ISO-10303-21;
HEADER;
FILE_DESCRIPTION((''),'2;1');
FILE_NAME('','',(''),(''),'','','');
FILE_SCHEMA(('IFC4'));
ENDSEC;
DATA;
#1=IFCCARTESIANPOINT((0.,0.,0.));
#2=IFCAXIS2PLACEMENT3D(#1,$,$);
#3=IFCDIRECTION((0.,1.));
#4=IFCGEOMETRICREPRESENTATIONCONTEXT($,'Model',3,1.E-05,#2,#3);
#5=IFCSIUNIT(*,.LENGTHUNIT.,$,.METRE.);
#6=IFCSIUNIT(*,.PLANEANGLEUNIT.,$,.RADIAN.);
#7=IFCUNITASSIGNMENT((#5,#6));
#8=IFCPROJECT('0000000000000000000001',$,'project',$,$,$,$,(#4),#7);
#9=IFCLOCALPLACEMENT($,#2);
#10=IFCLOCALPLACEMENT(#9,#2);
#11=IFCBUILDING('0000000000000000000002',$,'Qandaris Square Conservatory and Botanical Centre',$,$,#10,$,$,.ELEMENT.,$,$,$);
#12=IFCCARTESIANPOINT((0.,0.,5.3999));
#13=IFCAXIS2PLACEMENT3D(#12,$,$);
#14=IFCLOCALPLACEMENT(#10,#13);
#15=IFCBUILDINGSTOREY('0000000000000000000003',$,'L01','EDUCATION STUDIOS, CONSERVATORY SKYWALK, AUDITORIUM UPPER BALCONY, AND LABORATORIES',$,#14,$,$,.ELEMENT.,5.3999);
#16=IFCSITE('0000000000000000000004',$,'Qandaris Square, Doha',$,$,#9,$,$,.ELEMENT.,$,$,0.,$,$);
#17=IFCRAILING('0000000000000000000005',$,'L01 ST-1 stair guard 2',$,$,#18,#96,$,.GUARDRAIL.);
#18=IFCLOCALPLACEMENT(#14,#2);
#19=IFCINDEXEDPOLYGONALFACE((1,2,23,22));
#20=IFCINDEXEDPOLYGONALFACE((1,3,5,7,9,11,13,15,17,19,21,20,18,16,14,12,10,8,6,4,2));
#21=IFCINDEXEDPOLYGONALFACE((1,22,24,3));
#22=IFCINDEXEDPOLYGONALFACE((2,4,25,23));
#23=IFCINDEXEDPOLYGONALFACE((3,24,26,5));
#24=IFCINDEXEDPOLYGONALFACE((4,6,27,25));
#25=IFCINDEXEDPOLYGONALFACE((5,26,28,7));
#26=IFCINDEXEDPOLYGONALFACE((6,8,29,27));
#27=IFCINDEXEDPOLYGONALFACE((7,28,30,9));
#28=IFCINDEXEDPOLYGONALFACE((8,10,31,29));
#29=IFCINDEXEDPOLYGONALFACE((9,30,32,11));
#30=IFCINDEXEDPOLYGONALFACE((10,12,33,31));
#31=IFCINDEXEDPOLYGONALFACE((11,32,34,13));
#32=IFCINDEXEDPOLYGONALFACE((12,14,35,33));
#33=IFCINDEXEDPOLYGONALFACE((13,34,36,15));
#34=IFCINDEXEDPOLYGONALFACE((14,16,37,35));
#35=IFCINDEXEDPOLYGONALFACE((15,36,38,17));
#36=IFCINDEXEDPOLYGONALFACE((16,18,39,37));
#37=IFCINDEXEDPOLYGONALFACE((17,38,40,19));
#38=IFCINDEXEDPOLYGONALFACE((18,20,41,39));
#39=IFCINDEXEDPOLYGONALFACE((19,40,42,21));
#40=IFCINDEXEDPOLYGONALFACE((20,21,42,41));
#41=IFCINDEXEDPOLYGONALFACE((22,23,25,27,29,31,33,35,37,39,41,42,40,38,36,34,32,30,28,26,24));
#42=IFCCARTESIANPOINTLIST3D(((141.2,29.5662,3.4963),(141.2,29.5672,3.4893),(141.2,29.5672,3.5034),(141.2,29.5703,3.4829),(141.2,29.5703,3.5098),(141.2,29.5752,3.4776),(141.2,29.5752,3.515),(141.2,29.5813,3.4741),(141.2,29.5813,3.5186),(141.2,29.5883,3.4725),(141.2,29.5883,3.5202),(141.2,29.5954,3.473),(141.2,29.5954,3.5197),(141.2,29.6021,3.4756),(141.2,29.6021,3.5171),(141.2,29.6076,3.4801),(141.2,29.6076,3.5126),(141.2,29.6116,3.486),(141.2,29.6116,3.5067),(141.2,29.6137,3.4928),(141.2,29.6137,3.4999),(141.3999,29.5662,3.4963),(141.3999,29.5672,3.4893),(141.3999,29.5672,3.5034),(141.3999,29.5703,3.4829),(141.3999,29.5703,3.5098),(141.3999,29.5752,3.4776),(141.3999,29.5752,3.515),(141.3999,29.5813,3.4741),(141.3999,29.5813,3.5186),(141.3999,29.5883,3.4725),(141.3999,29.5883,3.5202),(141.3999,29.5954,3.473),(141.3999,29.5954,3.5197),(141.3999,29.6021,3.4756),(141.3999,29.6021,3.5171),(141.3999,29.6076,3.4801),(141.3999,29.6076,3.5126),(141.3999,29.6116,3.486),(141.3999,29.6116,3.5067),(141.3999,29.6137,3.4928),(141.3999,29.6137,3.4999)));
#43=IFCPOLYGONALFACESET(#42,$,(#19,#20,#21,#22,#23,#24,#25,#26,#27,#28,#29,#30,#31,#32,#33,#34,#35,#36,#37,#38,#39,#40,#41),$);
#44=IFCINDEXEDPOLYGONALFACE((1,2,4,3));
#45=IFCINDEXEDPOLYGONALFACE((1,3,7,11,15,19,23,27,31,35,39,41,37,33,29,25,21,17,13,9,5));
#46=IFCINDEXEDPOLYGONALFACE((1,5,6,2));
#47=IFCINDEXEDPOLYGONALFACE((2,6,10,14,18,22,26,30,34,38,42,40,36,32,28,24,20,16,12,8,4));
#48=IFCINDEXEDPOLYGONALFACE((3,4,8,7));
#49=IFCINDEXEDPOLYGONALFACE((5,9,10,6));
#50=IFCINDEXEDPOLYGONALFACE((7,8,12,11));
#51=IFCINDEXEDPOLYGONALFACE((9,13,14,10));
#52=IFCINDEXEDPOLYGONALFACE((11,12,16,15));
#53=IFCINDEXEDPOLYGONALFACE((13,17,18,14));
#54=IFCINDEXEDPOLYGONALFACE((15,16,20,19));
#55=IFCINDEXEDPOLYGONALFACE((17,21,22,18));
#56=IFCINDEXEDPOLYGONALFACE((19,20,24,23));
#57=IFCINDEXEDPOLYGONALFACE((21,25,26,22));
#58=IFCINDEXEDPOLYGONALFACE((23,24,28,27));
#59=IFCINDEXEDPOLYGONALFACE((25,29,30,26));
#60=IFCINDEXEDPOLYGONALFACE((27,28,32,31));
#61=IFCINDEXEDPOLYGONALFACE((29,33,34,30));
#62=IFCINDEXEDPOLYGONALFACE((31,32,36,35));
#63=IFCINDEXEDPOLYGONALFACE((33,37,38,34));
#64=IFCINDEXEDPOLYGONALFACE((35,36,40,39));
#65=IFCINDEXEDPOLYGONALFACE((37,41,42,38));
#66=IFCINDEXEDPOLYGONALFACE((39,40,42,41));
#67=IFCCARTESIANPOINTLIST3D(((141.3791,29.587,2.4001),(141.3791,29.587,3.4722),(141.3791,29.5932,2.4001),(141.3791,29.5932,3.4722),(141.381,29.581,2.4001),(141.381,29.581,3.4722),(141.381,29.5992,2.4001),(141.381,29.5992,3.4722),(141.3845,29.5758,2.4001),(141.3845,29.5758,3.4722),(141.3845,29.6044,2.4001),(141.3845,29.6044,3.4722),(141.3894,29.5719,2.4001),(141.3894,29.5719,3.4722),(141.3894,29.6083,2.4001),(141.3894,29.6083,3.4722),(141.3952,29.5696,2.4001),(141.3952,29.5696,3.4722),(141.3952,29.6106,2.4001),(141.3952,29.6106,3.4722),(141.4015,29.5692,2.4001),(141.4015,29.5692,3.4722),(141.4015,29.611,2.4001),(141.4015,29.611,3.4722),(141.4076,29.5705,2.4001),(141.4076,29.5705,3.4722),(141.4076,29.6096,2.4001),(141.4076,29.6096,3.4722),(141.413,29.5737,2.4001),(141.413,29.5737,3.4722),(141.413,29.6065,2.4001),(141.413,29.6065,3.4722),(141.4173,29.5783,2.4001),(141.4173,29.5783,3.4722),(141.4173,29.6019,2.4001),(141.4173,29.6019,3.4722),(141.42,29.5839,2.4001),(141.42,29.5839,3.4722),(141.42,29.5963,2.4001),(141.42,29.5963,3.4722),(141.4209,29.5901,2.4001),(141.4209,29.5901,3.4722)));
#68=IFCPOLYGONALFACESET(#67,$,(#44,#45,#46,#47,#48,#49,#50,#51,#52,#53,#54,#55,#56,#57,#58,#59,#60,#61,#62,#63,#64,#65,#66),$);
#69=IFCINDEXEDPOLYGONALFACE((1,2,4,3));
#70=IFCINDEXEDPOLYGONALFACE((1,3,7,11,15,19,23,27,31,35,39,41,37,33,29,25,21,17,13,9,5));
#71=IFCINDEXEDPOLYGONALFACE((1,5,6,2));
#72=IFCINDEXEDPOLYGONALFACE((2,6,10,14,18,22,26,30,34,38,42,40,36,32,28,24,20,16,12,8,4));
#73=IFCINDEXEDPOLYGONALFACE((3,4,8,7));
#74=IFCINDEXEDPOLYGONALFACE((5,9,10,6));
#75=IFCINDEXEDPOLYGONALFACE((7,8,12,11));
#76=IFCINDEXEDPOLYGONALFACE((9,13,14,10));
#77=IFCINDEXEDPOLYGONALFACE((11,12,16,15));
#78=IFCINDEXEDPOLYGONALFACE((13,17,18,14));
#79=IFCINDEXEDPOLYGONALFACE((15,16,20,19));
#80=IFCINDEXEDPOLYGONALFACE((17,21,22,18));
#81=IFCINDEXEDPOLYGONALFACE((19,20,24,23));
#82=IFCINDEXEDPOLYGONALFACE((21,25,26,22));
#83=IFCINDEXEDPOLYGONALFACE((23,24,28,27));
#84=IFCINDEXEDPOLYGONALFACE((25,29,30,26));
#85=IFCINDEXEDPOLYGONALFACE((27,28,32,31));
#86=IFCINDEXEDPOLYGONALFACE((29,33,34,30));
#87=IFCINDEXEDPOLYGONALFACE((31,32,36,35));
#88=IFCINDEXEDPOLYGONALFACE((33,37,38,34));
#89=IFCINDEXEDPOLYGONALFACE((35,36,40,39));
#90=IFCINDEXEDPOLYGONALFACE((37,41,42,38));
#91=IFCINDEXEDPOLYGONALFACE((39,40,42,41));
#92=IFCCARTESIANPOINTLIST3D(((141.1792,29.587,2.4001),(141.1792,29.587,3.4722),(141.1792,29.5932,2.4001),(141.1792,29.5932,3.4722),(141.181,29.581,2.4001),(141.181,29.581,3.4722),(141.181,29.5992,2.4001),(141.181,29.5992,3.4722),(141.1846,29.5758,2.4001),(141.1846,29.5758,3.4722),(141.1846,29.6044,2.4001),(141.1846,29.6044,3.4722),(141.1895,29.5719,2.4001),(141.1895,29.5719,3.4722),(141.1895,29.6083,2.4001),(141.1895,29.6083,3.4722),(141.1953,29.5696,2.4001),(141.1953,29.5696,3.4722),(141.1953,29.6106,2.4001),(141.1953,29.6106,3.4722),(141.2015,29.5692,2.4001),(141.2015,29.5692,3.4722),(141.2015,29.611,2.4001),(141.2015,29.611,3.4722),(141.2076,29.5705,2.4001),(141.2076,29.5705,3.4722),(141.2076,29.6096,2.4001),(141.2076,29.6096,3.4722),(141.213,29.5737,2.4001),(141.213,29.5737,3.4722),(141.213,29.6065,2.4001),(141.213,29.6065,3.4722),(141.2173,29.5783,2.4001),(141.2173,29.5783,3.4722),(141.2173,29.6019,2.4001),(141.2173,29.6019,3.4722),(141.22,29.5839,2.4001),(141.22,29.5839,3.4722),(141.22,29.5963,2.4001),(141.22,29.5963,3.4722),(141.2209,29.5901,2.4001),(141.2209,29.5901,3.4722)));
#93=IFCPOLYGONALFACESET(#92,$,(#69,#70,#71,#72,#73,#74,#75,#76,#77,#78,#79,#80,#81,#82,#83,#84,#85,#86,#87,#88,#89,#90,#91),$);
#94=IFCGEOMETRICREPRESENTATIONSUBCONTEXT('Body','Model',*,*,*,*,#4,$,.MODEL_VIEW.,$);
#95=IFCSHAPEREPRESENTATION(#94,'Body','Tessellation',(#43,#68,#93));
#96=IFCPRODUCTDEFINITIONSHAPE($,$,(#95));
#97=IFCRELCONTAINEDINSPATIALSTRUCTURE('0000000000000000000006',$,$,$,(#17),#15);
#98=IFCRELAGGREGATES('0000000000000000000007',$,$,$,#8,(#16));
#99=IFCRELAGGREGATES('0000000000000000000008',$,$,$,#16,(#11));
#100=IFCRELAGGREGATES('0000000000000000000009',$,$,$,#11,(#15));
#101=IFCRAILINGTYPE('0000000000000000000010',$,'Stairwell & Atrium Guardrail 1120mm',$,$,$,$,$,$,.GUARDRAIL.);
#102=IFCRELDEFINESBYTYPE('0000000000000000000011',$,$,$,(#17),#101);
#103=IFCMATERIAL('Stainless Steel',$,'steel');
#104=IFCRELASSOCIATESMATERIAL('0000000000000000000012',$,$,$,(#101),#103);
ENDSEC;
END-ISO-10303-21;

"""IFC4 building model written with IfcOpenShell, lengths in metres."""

from ifc_helpers import new_model, si_unit, direction, frame, origin, origin_2d, place, context, subcontext, project, spatial, circle, extrude, material, type_object, element, save


model = new_model("IFC4")

# Units and contexts
model_context = context("Model", 3, precision=1e-05, world=origin(), true_north=direction((0.0, 1.0)))
body_context = subcontext(model_context, "Body", "Model", "MODEL_VIEW")
ifc_project = project(units=[si_unit("LENGTHUNIT", "METRE"), si_unit("PLANEANGLEUNIT", "RADIAN")], contexts=[model_context])

# Site, building, storey
site_placement = place(None, origin())
site = spatial("IfcSite", under=ifc_project, at=site_placement, Name="Qandaris Square, Doha", CompositionType="ELEMENT", RefElevation=0.0)
building_placement = place(site_placement, origin())
building = spatial("IfcBuilding", under=site, at=building_placement, Name="Qandaris Square Conservatory and Botanical Centre", CompositionType="ELEMENT")
storey_placement = place(building_placement, frame((0.0, 0.0, 5.3999)))
storey = spatial("IfcBuildingStorey", under=building, at=storey_placement, Name="L01", Description="EDUCATION STUDIOS, CONSERVATORY SKYWALK, AUDITORIUM UPPER BALCONY, AND LABORATORIES", CompositionType="ELEMENT", Elevation=5.3999)

# Railing
ifc_material_1 = material(Name="Stainless Steel", Category="steel")
railing_type_1 = type_object("IfcRailingType", Name="Stairwell & Atrium Guardrail 1120mm", PredefinedType="GUARDRAIL", material=ifc_material_1)
railing_1_placement = place(storey_placement, frame((141.3999, 29.5901, 2.4001)))
element("IfcRailing", 1, at=railing_1_placement, inside=storey, type_object=railing_type_1, Name="L01 ST-1 stair guard 2", PredefinedType="GUARDRAIL", context=body_context, shape_type="SweptSolid", body=[
    extrude(circle(Radius=0.0239, at=origin_2d()), frame((0.0, 0.0, 1.0962), z_axis=(-1.0, 0.0, 0.0), x_axis=(0.0, -1.0, 0.0)), (0.0, 0.0, 1.0), 0.2),
    extrude(circle(Radius=0.021, at=origin_2d()), origin(), (0.0, 0.0, 1.0), 1.072),
    extrude(circle(Radius=0.021, at=origin_2d()), frame((-0.2, 0.0, 0.0)), (0.0, 0.0, 1.0), 1.072),
])

save(model, "model.ifc")
